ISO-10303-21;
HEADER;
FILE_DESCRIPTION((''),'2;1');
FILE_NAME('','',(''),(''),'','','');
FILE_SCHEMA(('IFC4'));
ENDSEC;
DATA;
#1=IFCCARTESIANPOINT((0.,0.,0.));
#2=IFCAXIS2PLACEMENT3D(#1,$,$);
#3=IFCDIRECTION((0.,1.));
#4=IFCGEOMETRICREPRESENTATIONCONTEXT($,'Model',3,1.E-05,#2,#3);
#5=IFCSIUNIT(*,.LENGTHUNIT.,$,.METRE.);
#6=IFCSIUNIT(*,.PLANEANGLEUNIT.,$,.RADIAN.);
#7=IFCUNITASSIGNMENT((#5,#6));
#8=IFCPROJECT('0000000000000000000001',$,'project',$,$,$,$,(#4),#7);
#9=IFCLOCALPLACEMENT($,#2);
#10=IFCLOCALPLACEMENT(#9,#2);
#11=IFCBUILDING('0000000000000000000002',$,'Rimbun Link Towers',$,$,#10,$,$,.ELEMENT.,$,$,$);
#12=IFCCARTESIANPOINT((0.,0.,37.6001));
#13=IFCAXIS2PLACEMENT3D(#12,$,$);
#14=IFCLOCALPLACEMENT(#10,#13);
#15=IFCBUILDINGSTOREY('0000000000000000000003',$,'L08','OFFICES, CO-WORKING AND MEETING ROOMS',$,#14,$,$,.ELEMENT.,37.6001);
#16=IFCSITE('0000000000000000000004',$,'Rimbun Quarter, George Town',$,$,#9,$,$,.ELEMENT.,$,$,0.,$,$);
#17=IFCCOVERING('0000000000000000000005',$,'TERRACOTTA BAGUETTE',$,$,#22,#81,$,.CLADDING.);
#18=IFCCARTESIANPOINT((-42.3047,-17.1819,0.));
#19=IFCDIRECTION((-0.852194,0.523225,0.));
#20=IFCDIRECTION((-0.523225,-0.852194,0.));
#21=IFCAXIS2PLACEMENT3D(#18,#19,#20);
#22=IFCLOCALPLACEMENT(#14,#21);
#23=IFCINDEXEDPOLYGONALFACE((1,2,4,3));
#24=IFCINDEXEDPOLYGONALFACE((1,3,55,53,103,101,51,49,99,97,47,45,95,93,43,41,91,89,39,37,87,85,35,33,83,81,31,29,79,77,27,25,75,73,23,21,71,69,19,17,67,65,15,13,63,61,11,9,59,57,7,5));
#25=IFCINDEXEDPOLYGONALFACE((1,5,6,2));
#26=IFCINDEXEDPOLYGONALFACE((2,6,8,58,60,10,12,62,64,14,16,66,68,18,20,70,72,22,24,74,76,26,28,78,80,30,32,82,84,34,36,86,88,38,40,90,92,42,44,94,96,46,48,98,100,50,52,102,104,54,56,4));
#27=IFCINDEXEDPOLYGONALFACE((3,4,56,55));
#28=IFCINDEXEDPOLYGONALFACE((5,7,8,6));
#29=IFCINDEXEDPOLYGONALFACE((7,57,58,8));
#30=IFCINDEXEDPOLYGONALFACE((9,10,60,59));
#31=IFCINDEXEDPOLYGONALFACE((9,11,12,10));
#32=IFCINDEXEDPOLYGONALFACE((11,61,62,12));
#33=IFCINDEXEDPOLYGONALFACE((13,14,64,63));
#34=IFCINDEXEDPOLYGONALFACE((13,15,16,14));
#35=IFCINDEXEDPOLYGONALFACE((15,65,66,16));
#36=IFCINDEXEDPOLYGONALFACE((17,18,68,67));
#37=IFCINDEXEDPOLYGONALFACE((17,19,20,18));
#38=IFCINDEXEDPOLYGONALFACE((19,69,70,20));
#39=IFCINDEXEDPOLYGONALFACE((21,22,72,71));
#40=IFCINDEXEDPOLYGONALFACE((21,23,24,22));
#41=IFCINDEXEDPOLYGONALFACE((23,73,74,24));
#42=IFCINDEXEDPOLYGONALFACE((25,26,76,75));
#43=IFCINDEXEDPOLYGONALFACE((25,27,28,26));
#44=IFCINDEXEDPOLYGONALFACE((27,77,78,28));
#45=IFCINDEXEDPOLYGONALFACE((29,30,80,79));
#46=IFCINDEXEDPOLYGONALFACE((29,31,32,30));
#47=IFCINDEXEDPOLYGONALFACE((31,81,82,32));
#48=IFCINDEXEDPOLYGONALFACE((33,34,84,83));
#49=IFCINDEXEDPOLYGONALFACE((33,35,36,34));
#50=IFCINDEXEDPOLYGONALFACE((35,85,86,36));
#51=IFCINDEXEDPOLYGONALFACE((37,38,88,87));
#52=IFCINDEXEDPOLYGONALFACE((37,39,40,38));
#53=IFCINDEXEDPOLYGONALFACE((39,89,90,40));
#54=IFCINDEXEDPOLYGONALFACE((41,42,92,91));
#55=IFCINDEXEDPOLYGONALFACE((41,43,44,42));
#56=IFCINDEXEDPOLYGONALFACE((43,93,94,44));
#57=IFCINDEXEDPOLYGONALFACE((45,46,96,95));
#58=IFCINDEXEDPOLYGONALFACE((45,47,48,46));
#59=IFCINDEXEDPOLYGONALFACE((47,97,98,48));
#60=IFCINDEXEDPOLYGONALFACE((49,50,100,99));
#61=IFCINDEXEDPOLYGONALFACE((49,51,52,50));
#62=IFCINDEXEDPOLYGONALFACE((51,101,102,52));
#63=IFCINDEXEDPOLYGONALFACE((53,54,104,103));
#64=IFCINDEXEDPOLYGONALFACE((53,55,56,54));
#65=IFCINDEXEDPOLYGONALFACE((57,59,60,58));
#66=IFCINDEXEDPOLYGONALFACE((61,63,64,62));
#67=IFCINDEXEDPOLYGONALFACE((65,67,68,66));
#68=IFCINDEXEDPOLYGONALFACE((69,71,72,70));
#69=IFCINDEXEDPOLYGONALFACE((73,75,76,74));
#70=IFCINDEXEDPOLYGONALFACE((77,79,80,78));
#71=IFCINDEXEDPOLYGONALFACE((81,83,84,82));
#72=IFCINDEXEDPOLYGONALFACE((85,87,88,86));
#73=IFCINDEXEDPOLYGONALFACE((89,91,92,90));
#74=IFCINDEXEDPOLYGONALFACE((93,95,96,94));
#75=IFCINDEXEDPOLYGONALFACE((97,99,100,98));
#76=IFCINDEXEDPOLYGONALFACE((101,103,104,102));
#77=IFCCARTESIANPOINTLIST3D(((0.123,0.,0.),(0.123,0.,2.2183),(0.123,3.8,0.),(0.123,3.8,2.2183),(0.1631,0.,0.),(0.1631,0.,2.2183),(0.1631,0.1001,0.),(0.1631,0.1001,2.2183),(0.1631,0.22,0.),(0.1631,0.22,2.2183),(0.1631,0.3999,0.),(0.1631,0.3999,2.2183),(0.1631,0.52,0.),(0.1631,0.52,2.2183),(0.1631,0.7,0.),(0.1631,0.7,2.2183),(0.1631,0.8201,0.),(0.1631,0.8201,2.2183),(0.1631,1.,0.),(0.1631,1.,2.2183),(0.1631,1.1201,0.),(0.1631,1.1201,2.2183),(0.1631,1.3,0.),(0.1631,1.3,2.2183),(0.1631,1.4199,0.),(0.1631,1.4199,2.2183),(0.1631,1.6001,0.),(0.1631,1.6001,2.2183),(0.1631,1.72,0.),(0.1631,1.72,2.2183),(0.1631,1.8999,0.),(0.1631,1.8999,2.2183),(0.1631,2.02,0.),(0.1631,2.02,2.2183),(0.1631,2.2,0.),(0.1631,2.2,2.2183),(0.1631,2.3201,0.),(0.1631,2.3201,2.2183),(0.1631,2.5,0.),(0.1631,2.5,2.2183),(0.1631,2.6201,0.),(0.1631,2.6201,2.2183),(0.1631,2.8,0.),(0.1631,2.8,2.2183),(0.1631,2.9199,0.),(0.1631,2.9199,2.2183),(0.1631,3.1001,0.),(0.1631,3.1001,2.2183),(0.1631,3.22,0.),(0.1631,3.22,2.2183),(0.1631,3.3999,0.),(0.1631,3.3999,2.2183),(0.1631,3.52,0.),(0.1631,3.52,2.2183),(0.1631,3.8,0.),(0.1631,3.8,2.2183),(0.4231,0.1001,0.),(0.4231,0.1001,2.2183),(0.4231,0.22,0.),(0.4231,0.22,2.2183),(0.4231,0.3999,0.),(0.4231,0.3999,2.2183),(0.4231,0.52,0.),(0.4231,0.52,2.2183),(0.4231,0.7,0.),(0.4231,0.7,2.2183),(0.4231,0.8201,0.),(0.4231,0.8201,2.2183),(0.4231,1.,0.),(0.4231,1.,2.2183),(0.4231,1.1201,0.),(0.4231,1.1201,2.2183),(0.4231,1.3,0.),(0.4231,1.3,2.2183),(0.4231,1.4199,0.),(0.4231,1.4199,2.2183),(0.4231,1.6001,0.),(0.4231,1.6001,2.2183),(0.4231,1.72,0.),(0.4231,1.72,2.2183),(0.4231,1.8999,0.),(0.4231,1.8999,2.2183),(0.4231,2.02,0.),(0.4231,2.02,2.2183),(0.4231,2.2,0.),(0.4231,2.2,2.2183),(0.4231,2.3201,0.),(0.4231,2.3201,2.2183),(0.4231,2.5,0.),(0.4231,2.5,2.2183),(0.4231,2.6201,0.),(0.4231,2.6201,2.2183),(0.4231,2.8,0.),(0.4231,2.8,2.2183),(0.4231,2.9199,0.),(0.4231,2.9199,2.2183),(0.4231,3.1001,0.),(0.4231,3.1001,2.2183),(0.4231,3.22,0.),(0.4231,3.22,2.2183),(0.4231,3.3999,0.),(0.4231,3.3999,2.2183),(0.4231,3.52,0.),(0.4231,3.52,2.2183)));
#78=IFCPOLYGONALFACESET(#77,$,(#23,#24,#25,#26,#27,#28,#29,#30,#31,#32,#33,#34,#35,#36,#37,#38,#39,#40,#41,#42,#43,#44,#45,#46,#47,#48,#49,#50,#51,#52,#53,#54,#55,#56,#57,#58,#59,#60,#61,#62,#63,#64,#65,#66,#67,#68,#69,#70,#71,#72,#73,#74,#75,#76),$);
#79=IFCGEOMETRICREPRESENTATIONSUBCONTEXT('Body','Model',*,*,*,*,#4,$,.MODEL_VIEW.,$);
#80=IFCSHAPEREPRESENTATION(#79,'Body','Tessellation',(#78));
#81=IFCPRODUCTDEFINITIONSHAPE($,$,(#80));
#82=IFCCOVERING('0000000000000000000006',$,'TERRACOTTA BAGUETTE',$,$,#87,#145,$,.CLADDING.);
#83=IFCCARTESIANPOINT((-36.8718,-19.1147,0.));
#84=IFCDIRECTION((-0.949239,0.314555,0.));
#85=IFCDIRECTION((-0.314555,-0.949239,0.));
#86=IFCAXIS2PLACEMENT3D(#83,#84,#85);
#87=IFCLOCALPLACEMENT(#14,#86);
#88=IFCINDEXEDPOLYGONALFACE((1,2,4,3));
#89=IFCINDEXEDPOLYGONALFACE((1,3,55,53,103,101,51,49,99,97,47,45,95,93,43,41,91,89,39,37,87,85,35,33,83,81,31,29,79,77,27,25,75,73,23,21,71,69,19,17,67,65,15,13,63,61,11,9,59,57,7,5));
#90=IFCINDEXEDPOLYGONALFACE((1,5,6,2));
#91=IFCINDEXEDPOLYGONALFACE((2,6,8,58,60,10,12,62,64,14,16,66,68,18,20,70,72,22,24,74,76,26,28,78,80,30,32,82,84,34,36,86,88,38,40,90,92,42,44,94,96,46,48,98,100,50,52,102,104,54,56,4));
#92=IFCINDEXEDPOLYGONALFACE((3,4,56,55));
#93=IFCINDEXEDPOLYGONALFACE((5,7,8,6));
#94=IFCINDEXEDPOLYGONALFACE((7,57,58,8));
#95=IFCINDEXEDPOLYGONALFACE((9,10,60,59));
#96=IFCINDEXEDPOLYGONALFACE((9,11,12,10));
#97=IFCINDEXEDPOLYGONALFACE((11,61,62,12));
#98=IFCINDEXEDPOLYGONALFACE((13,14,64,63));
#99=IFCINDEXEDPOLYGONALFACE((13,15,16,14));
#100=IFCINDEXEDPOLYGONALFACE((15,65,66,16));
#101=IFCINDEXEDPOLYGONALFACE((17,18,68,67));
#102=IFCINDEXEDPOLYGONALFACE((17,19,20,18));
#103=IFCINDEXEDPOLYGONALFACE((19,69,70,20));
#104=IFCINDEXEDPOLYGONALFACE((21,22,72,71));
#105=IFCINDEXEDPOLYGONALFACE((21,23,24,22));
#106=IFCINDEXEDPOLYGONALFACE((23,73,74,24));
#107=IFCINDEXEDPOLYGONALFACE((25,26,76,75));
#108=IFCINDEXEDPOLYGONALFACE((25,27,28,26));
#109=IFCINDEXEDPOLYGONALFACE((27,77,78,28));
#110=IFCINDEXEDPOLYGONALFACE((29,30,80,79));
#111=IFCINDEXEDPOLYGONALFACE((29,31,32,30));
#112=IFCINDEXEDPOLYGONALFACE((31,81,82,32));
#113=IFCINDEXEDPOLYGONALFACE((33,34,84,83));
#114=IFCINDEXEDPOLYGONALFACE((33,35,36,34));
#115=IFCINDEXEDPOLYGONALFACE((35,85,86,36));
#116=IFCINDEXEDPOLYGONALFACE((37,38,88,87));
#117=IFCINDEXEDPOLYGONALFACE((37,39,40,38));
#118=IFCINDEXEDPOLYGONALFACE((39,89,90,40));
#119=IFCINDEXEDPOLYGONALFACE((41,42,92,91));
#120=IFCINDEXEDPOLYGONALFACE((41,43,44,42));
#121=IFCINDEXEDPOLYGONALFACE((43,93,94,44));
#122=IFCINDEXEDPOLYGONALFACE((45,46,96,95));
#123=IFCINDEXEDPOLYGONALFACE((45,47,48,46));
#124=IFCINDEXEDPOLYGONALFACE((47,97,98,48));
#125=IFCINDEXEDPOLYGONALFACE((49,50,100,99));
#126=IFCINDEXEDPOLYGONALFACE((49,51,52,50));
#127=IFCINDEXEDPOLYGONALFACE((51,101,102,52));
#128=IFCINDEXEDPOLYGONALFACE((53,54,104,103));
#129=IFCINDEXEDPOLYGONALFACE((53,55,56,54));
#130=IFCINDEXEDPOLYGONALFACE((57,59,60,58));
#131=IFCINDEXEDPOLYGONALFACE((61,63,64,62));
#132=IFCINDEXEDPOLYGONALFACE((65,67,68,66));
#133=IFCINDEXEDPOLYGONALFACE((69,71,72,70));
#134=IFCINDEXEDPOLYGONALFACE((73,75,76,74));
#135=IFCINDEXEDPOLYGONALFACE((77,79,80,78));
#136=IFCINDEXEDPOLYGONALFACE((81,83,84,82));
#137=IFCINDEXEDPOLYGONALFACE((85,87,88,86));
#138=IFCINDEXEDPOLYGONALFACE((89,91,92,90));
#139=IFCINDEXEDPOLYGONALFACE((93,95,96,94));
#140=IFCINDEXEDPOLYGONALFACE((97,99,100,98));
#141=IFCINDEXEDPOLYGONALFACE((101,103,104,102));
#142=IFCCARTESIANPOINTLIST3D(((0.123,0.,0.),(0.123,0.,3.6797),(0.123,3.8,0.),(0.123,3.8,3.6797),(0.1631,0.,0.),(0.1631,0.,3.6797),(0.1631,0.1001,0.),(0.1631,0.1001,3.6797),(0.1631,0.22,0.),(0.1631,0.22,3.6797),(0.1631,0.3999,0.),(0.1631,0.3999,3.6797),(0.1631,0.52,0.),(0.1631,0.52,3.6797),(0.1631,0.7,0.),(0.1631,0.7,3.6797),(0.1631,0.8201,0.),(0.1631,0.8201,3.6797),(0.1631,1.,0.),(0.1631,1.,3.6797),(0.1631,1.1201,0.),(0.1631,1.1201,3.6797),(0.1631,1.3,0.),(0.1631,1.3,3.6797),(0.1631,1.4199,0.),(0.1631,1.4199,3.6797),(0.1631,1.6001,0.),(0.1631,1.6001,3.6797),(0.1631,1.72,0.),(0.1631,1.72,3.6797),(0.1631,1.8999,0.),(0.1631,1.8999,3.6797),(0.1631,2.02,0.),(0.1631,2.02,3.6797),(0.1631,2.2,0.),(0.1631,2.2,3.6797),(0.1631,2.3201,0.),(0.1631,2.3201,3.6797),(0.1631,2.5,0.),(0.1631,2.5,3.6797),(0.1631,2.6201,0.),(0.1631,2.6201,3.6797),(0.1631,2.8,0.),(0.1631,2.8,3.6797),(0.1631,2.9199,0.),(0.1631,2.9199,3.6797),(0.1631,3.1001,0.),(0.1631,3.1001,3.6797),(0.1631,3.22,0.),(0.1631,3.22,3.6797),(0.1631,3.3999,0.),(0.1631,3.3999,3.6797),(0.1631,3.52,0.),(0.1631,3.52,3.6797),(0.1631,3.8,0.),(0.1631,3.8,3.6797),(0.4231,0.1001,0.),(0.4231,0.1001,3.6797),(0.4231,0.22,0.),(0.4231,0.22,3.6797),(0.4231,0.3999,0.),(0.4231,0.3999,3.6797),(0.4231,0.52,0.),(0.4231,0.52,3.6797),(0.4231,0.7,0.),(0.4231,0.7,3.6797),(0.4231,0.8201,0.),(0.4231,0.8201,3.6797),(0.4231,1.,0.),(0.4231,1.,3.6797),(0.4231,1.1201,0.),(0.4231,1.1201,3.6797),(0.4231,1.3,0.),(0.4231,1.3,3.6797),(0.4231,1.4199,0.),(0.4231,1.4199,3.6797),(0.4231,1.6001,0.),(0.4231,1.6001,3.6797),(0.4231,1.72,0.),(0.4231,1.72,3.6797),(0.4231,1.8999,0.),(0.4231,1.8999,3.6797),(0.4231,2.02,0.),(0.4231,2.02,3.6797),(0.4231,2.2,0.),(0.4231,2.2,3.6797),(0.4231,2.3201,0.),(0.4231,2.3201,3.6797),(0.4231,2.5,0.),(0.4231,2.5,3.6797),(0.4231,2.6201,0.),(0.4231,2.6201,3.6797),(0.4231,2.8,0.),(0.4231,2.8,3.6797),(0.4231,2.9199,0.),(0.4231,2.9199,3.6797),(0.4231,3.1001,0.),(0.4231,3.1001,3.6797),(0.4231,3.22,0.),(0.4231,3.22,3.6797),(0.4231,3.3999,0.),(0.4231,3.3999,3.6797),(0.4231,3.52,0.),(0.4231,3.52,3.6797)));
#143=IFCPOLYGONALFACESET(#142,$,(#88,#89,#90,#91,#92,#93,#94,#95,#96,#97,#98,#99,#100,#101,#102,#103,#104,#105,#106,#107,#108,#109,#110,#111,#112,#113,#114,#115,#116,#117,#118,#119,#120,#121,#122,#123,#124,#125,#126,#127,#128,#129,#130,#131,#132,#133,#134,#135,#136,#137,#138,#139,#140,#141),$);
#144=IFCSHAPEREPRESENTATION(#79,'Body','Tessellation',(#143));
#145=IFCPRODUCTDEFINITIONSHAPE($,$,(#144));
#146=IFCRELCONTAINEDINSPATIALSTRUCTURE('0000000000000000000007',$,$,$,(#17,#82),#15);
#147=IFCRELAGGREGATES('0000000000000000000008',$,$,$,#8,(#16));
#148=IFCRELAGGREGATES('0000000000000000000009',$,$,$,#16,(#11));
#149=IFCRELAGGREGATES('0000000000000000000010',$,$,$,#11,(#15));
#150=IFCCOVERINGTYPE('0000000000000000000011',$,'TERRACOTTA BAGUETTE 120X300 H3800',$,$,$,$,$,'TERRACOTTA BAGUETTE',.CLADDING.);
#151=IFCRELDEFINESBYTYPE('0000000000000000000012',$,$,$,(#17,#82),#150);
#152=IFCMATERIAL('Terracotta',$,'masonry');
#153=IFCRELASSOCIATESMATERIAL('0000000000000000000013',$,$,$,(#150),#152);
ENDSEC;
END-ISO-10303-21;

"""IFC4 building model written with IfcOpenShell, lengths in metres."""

from ifc_helpers import new_model, si_unit, direction, frame, origin, place, context, subcontext, project, spatial, polyline, outline, extrude, material, material_profile, profile_set, type_object, element, save


model = new_model("IFC4")

# Units and contexts
model_context = context("Model", 3, precision=1e-05, world=origin(), true_north=direction((0.0, 1.0)))
body_context = subcontext(model_context, "Body", "Model", "MODEL_VIEW")
ifc_project = project(units=[si_unit("LENGTHUNIT", "METRE"), si_unit("PLANEANGLEUNIT", "RADIAN")], contexts=[model_context])

# Site, building, storey
site_placement = place(None, origin())
site = spatial("IfcSite", under=ifc_project, at=site_placement, Name="Rimbun Quarter, George Town", CompositionType="ELEMENT", RefElevation=0.0)
building_placement = place(site_placement, origin())
building = spatial("IfcBuilding", under=site, at=building_placement, Name="Rimbun Link Towers", CompositionType="ELEMENT")
storey_placement = place(building_placement, frame((0.0, 0.0, 37.6001)))
storey = spatial("IfcBuildingStorey", under=building, at=storey_placement, Name="L08", Description="OFFICES, CO-WORKING AND MEETING ROOMS", CompositionType="ELEMENT", Elevation=37.6001)

# Coverings
ifc_material_1 = material(Name="Terracotta", Category="masonry")
ifc_material_profile_1 = material_profile(ifc_material_1, outline(polyline([(0.123, 0.0), (0.1631, 0.0), (0.1631, 0.1001), (0.4231, 0.1001), (0.4231, 0.22), (0.1631, 0.22), (0.1631, 0.3999), (0.4231, 0.3999), (0.4231, 0.52), (0.1631, 0.52), (0.1631, 0.7), (0.4231, 0.7), (0.4231, 0.8201), (0.1631, 0.8201), (0.1631, 1.0), (0.4231, 1.0), (0.4231, 1.1201), (0.1631, 1.1201), (0.1631, 1.3), (0.4231, 1.3), (0.4231, 1.4199), (0.1631, 1.4199), (0.1631, 1.6001), (0.4231, 1.6001), (0.4231, 1.72), (0.1631, 1.72), (0.1631, 1.8999), (0.4231, 1.8999), (0.4231, 2.02), (0.1631, 2.02), (0.1631, 2.2), (0.4231, 2.2), (0.4231, 2.3201), (0.1631, 2.3201), (0.1631, 2.5), (0.4231, 2.5), (0.4231, 2.6201), (0.1631, 2.6201), (0.1631, 2.8), (0.4231, 2.8), (0.4231, 2.9199), (0.1631, 2.9199), (0.1631, 3.1001), (0.4231, 3.1001), (0.4231, 3.22), (0.1631, 3.22), (0.1631, 3.3999), (0.4231, 3.3999), (0.4231, 3.52), (0.1631, 3.52), (0.1631, 3.8), (0.123, 3.8), (0.123, 0.0)])), Name="BAGUETTE 120X300")
ifc_profile_set_1 = profile_set([ifc_material_profile_1], Name="Terracotta")
covering_type = type_object("IfcCoveringType", Name="TERRACOTTA BAGUETTE 120X300 H3800", ElementType="TERRACOTTA BAGUETTE", PredefinedType="CLADDING", material=ifc_profile_set_1)
covering_1_placement = place(storey_placement, frame((-42.3047, -17.1819, 0.0), z_axis=(-0.852194, 0.523225, 0.0), x_axis=(-0.523225, -0.852194, 0.0)))
element("IfcCovering", 1, at=covering_1_placement, inside=storey, type_object=covering_type, Name="TERRACOTTA BAGUETTE", PredefinedType="CLADDING", context=body_context, shape_type="SweptSolid", body=[
    extrude(outline(polyline([(0.123, 0.0), (0.1631, 0.0), (0.1631, 0.1001), (0.4231, 0.1001), (0.4231, 0.22), (0.1631, 0.22), (0.1631, 0.3999), (0.4231, 0.3999), (0.4231, 0.52), (0.1631, 0.52), (0.1631, 0.7), (0.4231, 0.7), (0.4231, 0.8201), (0.1631, 0.8201), (0.1631, 1.0), (0.4231, 1.0), (0.4231, 1.1201), (0.1631, 1.1201), (0.1631, 1.3), (0.4231, 1.3), (0.4231, 1.4199), (0.1631, 1.4199), (0.1631, 1.6001), (0.4231, 1.6001), (0.4231, 1.72), (0.1631, 1.72), (0.1631, 1.8999), (0.4231, 1.8999), (0.4231, 2.02), (0.1631, 2.02), (0.1631, 2.2), (0.4231, 2.2), (0.4231, 2.3201), (0.1631, 2.3201), (0.1631, 2.5), (0.4231, 2.5), (0.4231, 2.6201), (0.1631, 2.6201), (0.1631, 2.8), (0.4231, 2.8), (0.4231, 2.9199), (0.1631, 2.9199), (0.1631, 3.1001), (0.4231, 3.1001), (0.4231, 3.22), (0.1631, 3.22), (0.1631, 3.3999), (0.4231, 3.3999), (0.4231, 3.52), (0.1631, 3.52), (0.1631, 3.8), (0.123, 3.8), (0.123, 0.0)])), origin(), (0.0, 0.0, 1.0), 2.2183),
])
covering_2_placement = place(storey_placement, frame((-36.8718, -19.1147, 0.0), z_axis=(-0.949239, 0.314555, 0.0), x_axis=(-0.314555, -0.949239, 0.0)))
element("IfcCovering", 2, at=covering_2_placement, inside=storey, type_object=covering_type, Name="TERRACOTTA BAGUETTE", PredefinedType="CLADDING", context=body_context, shape_type="SweptSolid", body=[
    extrude(outline(polyline([(0.123, 0.0), (0.1631, 0.0), (0.1631, 0.1001), (0.4231, 0.1001), (0.4231, 0.22), (0.1631, 0.22), (0.1631, 0.3999), (0.4231, 0.3999), (0.4231, 0.52), (0.1631, 0.52), (0.1631, 0.7), (0.4231, 0.7), (0.4231, 0.8201), (0.1631, 0.8201), (0.1631, 1.0), (0.4231, 1.0), (0.4231, 1.1201), (0.1631, 1.1201), (0.1631, 1.3), (0.4231, 1.3), (0.4231, 1.4199), (0.1631, 1.4199), (0.1631, 1.6001), (0.4231, 1.6001), (0.4231, 1.72), (0.1631, 1.72), (0.1631, 1.8999), (0.4231, 1.8999), (0.4231, 2.02), (0.1631, 2.02), (0.1631, 2.2), (0.4231, 2.2), (0.4231, 2.3201), (0.1631, 2.3201), (0.1631, 2.5), (0.4231, 2.5), (0.4231, 2.6201), (0.1631, 2.6201), (0.1631, 2.8), (0.4231, 2.8), (0.4231, 2.9199), (0.1631, 2.9199), (0.1631, 3.1001), (0.4231, 3.1001), (0.4231, 3.22), (0.1631, 3.22), (0.1631, 3.3999), (0.4231, 3.3999), (0.4231, 3.52), (0.1631, 3.52), (0.1631, 3.8), (0.123, 3.8), (0.123, 0.0)])), origin(), (0.0, 0.0, 1.0), 3.6797),
])

save(model, "model.ifc")
